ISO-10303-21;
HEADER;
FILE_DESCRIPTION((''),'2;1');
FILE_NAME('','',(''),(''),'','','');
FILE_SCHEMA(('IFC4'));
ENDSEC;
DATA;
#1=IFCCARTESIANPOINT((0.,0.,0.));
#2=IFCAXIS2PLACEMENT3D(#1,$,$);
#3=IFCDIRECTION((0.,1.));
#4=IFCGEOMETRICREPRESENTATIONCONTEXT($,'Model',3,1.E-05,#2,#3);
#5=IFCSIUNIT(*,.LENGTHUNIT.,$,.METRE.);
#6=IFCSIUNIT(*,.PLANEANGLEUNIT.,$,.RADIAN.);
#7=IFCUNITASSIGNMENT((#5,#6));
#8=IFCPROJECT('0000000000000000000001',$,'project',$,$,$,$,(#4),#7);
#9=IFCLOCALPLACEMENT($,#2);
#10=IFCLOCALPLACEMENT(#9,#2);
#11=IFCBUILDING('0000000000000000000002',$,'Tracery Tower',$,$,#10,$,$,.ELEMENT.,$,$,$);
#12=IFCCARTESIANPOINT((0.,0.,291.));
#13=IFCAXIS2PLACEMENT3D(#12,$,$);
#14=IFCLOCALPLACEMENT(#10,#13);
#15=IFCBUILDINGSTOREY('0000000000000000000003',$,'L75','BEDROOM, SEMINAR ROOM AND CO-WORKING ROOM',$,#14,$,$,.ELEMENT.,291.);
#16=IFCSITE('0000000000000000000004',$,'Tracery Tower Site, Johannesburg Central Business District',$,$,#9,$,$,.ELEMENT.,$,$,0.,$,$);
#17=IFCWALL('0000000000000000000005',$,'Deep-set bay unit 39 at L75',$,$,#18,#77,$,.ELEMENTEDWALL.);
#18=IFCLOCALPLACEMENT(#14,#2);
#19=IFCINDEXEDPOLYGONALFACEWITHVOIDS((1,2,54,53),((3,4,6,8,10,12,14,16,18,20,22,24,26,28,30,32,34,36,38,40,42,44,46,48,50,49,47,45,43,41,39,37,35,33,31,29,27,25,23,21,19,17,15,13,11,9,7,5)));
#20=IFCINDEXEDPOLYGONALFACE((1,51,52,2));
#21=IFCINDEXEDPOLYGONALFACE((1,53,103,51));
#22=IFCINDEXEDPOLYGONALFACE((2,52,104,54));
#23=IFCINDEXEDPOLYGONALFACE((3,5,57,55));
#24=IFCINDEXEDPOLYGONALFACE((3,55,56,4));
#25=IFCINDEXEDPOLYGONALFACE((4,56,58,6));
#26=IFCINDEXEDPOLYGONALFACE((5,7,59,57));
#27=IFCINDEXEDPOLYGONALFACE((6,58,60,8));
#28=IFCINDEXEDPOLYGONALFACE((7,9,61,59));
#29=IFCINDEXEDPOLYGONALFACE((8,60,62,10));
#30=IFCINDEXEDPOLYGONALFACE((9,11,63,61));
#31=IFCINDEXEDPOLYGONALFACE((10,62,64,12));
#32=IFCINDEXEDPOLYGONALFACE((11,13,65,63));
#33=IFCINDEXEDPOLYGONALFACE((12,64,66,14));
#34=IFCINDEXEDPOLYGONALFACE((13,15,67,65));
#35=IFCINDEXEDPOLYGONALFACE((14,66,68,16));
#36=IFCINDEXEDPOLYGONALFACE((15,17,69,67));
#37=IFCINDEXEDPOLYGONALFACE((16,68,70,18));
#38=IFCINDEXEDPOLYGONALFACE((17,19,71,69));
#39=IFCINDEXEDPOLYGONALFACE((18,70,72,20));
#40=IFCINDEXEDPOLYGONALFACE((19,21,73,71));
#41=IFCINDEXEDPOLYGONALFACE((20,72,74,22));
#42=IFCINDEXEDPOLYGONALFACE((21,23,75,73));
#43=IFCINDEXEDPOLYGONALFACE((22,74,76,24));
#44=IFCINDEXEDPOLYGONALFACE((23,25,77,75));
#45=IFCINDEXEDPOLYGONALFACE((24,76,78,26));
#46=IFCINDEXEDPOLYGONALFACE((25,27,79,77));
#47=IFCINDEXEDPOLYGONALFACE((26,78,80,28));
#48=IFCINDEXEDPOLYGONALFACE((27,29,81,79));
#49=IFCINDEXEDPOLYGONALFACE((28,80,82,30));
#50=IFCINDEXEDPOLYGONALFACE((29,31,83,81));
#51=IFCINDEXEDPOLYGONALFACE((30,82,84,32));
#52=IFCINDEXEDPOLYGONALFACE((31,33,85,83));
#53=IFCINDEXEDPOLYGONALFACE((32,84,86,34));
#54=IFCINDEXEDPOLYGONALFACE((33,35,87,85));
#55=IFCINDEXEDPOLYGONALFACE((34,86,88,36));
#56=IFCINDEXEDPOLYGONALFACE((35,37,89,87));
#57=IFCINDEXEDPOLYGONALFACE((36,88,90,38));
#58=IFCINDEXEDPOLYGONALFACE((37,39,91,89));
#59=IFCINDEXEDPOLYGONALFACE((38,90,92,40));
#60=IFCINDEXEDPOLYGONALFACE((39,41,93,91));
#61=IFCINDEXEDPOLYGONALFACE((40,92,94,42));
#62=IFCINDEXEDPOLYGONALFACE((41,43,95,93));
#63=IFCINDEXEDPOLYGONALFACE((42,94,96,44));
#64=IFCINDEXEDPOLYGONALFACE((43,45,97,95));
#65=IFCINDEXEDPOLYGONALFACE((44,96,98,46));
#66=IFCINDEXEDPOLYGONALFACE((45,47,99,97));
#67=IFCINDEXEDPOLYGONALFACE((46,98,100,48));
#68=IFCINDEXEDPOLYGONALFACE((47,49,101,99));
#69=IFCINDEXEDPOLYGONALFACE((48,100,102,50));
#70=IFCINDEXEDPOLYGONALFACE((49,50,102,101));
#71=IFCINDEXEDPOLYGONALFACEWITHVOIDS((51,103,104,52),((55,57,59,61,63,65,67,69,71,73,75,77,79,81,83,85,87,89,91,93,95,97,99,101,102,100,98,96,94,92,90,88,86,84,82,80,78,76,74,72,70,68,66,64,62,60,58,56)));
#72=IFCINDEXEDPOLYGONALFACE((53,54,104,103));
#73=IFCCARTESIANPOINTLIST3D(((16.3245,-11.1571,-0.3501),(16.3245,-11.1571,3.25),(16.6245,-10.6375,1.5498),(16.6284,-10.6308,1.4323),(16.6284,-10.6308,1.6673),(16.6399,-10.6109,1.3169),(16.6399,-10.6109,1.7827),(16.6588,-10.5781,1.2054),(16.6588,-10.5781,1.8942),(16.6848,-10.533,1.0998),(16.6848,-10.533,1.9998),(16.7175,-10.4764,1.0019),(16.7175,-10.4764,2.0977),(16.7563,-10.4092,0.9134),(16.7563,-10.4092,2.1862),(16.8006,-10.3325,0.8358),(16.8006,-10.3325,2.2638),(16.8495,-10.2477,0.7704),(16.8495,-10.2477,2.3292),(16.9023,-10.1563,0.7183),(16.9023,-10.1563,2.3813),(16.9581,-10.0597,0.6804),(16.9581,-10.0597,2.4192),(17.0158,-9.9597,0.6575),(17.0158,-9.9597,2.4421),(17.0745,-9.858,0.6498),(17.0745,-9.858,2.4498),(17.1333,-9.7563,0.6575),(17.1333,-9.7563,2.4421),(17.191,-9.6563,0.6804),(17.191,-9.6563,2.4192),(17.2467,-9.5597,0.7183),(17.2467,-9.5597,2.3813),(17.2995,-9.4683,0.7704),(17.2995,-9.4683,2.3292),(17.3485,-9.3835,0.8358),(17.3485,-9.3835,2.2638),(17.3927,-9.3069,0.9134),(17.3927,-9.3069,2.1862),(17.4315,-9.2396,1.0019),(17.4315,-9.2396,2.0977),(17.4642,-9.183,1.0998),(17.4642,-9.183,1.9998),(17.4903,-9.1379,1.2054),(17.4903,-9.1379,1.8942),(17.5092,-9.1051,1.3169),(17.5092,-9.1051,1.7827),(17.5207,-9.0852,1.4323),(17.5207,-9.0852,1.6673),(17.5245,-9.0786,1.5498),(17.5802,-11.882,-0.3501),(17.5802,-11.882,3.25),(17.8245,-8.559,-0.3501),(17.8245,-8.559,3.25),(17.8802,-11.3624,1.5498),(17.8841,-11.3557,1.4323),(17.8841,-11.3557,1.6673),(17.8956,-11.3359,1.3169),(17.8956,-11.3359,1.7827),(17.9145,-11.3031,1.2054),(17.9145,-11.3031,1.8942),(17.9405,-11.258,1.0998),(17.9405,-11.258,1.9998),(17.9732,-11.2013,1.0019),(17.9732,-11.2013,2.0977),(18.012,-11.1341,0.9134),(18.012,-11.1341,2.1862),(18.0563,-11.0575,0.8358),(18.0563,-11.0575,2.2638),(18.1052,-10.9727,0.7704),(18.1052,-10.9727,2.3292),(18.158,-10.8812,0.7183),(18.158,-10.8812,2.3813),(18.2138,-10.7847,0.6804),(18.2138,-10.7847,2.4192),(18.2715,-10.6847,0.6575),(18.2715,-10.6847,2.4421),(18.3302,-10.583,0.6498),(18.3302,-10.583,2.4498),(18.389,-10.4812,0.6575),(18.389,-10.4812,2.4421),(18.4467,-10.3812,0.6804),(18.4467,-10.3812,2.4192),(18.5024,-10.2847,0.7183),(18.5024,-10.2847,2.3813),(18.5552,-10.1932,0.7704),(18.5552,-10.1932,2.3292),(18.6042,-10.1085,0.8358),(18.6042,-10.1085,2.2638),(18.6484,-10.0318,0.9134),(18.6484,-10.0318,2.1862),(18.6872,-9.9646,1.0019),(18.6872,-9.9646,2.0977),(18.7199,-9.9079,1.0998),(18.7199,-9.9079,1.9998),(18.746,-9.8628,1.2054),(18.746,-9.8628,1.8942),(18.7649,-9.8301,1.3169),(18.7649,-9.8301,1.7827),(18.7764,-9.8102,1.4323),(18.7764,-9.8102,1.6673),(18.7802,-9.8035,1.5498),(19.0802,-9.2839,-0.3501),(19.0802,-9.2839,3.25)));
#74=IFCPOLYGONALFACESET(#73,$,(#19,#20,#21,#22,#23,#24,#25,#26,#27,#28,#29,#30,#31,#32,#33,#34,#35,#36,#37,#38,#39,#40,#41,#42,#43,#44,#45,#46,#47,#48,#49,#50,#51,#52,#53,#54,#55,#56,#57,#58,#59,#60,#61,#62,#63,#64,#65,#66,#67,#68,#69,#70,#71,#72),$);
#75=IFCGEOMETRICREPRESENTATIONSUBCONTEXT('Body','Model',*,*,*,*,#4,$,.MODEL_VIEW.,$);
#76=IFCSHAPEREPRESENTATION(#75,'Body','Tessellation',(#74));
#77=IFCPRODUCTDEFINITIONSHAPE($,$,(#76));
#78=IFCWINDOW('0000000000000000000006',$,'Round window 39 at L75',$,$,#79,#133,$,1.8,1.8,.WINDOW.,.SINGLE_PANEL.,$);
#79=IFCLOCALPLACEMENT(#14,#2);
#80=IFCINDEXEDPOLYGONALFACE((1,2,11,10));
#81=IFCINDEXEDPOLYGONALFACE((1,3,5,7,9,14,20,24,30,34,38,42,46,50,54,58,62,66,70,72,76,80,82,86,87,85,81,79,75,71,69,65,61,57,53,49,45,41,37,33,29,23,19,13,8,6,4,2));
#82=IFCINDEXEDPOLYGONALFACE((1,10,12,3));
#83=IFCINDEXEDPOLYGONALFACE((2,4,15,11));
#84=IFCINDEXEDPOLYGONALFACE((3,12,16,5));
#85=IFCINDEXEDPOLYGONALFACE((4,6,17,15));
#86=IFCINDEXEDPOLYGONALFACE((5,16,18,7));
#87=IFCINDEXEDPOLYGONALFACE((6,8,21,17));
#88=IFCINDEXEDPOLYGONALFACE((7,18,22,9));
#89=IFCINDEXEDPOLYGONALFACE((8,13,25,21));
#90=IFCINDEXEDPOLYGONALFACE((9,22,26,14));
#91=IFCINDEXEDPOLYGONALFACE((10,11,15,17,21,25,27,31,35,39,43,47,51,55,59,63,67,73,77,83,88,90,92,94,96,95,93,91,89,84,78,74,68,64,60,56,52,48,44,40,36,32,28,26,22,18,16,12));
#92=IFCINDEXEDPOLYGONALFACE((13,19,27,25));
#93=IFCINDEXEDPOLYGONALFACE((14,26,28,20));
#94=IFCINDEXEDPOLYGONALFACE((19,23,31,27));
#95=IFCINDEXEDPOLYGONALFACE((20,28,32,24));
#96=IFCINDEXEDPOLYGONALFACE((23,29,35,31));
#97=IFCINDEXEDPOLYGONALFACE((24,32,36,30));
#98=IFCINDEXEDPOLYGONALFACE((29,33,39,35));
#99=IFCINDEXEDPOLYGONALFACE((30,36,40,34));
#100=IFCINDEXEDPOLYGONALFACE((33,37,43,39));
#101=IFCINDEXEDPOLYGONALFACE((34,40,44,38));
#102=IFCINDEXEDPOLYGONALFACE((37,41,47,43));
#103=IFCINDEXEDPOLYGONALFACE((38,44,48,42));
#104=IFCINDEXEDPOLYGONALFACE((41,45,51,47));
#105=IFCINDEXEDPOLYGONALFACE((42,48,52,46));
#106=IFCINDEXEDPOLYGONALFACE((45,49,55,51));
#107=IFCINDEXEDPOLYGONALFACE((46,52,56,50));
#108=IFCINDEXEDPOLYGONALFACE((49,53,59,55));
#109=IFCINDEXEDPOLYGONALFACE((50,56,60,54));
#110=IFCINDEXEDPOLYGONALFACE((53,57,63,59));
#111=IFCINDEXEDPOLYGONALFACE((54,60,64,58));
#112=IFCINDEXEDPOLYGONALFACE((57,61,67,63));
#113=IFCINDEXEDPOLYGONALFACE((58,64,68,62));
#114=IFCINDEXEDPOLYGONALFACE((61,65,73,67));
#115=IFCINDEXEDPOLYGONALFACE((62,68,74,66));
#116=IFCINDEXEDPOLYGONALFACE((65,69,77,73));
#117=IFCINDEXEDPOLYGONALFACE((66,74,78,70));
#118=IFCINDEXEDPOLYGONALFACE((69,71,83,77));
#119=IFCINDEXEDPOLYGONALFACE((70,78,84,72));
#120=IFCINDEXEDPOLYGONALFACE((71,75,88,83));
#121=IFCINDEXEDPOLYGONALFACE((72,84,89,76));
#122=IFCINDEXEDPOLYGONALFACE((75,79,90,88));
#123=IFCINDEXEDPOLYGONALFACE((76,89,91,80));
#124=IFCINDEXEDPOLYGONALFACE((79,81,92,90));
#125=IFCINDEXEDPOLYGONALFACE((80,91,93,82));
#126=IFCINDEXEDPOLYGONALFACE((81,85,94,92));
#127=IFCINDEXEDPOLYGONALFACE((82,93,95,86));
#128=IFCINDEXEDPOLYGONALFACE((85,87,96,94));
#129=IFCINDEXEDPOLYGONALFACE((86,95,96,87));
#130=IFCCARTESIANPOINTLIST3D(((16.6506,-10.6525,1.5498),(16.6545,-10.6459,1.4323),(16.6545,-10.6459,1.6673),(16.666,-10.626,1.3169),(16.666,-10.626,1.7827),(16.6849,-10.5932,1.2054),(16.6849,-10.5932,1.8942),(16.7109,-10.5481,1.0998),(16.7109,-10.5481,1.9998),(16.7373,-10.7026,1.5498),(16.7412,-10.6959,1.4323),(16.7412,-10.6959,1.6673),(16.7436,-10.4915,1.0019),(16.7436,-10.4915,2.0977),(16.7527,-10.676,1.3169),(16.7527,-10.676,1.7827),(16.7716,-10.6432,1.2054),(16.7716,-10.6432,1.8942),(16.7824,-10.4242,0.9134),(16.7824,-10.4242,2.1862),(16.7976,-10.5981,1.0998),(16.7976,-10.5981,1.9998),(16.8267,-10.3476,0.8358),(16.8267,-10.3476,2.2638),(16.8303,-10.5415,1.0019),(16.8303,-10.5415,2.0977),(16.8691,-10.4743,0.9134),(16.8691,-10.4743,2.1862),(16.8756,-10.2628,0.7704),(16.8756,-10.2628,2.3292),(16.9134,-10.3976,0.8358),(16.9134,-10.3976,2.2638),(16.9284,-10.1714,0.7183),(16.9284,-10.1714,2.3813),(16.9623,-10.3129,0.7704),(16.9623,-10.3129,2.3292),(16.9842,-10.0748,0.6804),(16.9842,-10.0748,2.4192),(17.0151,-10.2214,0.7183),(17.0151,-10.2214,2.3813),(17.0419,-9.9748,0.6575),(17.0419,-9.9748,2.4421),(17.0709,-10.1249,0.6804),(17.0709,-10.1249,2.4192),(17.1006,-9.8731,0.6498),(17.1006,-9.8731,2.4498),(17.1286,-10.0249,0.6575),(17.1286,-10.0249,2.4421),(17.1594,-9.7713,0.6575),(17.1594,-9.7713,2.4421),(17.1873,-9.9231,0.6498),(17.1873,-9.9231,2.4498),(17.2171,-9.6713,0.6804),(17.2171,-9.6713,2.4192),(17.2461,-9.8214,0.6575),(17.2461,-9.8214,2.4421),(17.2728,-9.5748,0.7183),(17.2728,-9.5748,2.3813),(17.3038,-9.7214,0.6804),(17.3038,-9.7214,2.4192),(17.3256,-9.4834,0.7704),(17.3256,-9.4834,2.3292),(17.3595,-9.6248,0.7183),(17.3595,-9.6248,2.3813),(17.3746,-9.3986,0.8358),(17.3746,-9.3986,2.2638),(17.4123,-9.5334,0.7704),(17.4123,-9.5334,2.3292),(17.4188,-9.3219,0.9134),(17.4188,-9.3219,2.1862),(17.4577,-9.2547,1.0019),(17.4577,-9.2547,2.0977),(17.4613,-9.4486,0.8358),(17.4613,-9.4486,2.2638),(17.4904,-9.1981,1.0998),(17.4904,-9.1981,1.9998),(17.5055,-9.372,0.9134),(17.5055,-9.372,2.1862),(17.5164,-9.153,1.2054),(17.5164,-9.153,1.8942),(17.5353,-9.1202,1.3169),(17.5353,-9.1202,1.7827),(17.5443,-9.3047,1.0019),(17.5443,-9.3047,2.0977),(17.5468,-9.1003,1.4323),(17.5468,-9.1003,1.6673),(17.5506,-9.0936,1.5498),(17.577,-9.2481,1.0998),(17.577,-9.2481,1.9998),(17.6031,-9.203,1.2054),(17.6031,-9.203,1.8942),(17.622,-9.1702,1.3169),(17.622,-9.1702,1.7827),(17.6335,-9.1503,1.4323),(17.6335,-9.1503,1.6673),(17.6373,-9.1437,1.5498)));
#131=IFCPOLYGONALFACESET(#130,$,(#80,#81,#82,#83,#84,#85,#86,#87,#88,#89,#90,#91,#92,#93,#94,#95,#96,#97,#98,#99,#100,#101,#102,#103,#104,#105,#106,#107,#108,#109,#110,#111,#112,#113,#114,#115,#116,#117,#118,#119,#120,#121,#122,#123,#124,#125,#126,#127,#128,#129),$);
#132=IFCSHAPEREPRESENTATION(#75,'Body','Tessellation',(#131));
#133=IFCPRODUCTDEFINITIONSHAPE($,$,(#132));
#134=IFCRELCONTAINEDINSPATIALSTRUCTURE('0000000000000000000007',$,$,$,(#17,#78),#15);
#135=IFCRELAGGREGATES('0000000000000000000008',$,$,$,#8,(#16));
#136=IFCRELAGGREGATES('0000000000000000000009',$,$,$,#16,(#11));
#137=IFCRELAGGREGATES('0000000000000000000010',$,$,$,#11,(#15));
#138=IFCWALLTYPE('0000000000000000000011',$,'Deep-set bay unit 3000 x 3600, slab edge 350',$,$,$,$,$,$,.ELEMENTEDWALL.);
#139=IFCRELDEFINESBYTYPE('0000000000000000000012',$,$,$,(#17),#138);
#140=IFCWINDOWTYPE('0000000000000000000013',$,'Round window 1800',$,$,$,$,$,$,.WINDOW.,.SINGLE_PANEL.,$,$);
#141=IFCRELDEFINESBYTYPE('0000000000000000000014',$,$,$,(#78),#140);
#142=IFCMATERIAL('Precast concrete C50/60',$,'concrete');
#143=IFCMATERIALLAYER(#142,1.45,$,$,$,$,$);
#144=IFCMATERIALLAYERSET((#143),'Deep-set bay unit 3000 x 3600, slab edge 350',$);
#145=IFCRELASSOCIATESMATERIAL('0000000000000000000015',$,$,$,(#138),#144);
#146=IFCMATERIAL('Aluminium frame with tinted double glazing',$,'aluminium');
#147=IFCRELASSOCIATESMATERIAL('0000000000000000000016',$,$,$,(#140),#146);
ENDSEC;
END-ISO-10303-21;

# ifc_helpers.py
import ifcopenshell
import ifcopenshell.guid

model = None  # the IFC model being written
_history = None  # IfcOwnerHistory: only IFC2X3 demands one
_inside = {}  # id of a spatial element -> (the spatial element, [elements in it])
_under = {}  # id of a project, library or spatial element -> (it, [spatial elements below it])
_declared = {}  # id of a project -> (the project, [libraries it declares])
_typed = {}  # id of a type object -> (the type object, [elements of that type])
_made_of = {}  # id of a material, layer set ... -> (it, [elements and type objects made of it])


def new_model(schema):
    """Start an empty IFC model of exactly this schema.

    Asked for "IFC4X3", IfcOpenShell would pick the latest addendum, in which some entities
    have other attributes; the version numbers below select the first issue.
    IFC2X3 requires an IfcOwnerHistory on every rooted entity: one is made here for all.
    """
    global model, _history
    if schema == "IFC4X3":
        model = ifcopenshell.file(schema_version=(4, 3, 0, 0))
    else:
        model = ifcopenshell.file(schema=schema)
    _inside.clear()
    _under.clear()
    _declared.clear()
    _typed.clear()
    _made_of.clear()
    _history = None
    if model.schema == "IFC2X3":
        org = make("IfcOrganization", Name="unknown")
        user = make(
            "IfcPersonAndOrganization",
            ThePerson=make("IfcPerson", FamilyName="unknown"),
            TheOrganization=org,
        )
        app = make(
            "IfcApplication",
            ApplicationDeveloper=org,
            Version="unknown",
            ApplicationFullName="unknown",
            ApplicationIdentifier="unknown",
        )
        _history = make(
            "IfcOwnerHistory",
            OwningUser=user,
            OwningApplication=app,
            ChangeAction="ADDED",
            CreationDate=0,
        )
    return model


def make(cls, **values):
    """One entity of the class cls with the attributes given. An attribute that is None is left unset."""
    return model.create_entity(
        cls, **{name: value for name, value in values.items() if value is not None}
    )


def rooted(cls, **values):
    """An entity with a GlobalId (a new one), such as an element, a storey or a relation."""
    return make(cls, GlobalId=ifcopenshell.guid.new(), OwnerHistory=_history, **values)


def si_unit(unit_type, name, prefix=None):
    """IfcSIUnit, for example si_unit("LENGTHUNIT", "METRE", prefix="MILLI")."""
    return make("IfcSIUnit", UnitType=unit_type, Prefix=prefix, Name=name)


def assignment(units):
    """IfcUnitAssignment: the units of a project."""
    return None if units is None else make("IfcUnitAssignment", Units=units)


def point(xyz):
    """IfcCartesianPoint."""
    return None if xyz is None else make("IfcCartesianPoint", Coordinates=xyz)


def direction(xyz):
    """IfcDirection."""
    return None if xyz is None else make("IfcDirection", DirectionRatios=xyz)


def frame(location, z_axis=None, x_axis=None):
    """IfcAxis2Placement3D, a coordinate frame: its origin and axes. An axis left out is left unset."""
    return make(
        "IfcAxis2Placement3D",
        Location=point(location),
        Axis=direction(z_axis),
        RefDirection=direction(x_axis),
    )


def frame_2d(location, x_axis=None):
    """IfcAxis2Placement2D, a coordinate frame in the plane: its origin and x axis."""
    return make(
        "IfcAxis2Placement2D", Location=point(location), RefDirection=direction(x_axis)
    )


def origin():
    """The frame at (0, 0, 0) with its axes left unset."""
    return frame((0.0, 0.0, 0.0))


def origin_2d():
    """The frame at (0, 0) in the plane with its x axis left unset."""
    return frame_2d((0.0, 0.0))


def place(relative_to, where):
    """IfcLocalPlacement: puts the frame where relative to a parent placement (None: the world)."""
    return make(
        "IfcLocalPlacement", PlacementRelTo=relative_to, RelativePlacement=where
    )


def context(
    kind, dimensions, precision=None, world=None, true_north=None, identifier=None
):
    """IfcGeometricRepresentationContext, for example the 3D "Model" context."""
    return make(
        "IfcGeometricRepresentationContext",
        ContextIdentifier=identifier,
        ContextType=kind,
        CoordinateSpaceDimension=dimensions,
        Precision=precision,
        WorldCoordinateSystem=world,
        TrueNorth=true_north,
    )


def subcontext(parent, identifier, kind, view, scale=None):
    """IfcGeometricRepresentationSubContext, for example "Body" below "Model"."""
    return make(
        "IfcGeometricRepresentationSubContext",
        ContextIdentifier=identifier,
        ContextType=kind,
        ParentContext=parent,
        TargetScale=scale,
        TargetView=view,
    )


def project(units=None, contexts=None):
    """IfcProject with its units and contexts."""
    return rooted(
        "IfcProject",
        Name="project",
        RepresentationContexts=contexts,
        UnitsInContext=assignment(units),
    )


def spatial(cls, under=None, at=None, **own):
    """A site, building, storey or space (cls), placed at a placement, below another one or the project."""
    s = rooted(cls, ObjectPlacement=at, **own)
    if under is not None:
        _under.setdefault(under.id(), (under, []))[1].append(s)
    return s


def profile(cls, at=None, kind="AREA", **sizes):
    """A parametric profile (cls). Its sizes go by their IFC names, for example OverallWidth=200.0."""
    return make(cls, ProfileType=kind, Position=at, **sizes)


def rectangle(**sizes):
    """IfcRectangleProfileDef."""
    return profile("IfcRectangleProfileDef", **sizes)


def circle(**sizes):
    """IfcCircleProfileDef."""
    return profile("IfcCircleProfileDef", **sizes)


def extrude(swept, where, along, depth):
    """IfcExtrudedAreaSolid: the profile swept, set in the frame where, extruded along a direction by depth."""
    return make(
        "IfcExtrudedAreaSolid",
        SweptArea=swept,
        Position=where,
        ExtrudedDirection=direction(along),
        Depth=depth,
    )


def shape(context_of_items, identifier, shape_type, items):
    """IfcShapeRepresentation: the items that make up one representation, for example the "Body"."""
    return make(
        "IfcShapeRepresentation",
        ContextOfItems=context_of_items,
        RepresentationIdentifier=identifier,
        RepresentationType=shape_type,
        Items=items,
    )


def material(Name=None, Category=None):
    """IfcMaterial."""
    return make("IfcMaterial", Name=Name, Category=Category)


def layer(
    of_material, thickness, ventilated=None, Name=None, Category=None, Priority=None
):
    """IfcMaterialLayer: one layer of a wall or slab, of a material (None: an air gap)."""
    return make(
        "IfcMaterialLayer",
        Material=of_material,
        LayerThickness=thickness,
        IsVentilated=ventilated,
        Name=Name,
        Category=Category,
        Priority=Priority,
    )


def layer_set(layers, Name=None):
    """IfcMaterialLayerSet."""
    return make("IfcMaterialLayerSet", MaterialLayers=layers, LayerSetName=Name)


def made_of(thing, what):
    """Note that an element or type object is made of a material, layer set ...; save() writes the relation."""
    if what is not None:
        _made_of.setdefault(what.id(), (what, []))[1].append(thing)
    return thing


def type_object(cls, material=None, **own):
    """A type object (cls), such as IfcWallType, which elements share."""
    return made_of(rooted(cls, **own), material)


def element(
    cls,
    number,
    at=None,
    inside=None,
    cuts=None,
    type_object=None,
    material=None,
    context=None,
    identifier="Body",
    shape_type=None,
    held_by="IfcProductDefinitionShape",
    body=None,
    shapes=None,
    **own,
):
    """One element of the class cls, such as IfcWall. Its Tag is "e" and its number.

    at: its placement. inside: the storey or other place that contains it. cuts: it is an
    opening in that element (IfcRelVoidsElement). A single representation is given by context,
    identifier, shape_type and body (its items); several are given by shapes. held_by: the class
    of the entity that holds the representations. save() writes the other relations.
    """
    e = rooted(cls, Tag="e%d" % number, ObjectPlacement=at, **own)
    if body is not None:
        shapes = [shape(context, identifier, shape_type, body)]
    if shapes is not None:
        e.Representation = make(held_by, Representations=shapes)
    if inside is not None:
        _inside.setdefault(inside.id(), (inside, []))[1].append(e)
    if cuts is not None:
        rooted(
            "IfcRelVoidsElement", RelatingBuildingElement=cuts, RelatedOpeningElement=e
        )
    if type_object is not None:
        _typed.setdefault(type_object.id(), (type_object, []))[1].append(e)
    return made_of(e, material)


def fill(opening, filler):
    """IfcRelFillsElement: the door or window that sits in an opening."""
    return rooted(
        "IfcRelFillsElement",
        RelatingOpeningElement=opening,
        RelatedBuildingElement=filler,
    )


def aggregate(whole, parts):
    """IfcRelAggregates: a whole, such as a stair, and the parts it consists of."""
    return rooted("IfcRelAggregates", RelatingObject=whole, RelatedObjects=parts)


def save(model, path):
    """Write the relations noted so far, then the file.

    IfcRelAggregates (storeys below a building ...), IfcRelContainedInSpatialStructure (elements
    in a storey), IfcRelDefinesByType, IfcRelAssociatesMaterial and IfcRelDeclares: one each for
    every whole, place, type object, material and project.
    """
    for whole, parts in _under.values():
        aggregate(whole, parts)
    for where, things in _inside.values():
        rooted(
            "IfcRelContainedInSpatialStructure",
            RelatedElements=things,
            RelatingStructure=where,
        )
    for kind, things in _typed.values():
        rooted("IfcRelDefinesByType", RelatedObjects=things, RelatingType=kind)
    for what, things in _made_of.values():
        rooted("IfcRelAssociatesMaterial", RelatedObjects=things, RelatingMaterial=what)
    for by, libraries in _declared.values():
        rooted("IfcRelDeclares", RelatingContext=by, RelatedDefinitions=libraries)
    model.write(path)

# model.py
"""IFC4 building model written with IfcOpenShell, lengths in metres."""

from ifc_helpers import new_model, si_unit, direction, frame, frame_2d, origin, origin_2d, place, context, subcontext, project, spatial, rectangle, circle, extrude, material, layer, layer_set, type_object, element, fill, save


model = new_model("IFC4")

# Units and contexts
model_context = context("Model", 3, precision=1e-05, world=origin(), true_north=direction((0.0, 1.0)))
body_context = subcontext(model_context, "Body", "Model", "MODEL_VIEW")
ifc_project = project(units=[si_unit("LENGTHUNIT", "METRE"), si_unit("PLANEANGLEUNIT", "RADIAN")], contexts=[model_context])

# Site, building, storey
site_placement = place(None, origin())
site = spatial("IfcSite", under=ifc_project, at=site_placement, Name="Tracery Tower Site, Johannesburg Central Business District", CompositionType="ELEMENT", RefElevation=0.0)
building_placement = place(site_placement, origin())
building = spatial("IfcBuilding", under=site, at=building_placement, Name="Tracery Tower", CompositionType="ELEMENT")
storey_placement = place(building_placement, frame((0.0, 0.0, 291.0)))
storey = spatial("IfcBuildingStorey", under=building, at=storey_placement, Name="L75", Description="BEDROOM, SEMINAR ROOM AND CO-WORKING ROOM", CompositionType="ELEMENT", Elevation=291.0)

# Wall, opening, window
ifc_material_1 = material(Name="Precast concrete C50/60", Category="concrete")
ifc_layer_1 = layer(ifc_material_1, 1.45)
ifc_layer_set_1 = layer_set([ifc_layer_1], Name="Deep-set bay unit 3000 x 3600, slab edge 350")
wall_type_1 = type_object("IfcWallType", Name="Deep-set bay unit 3000 x 3600, slab edge 350", PredefinedType="ELEMENTEDWALL", material=ifc_layer_set_1)
ifc_material_2 = material(Name="Aluminium frame with tinted double glazing", Category="aluminium")
window_type = type_object("IfcWindowType", Name="Round window 1800", PartitioningType="SINGLE_PANEL", PredefinedType="WINDOW", material=ifc_material_2)
wall_1_placement = place(storey_placement, frame((16.9524, -11.5195, -0.3501), z_axis=(0.0, 0.0, 1.0), x_axis=(0.49999, 0.866031, 0.0)))
wall_1 = element("IfcWall", 1, at=wall_1_placement, inside=storey, type_object=wall_type_1, Name="Deep-set bay unit 39 at L75", PredefinedType="ELEMENTEDWALL", context=body_context, shape_type="SweptSolid", body=[
    extrude(rectangle(XDim=3.0, YDim=1.45, at=frame_2d((1.5, 0.0))), origin(), (0.0, 0.0, 1.0), 3.6001),
])
opening_1_placement = place(wall_1_placement, frame((1.5, 0.0, 1.8999)))
opening_1 = element("IfcOpeningElement", 2, at=opening_1_placement, cuts=wall_1, PredefinedType="OPENING", context=body_context, shape_type="SweptSolid", body=[
    extrude(circle(Radius=0.9, at=origin_2d()), frame((0.0, 0.7349, 0.0), z_axis=(0.0, -1.0, 0.0), x_axis=(1.0, 0.0, 0.0)), (0.0, 0.0, 1.0), 1.47),
])
window_1_placement = place(opening_1_placement, origin())
window_1 = element("IfcWindow", 3, at=window_1_placement, inside=storey, type_object=window_type, Name="Round window 39 at L75", OverallHeight=1.8, OverallWidth=1.8, PartitioningType="SINGLE_PANEL", PredefinedType="WINDOW", context=body_context, shape_type="SweptSolid", body=[
    extrude(circle(Radius=0.9, at=origin_2d()), frame((0.0, 0.6948, 0.0), z_axis=(0.0, -1.0, 0.0), x_axis=(1.0, 0.0, 0.0)), (0.0, 0.0, 1.0), 0.1001),
])
fill(opening_1, window_1)

save(model, "model.ifc")
